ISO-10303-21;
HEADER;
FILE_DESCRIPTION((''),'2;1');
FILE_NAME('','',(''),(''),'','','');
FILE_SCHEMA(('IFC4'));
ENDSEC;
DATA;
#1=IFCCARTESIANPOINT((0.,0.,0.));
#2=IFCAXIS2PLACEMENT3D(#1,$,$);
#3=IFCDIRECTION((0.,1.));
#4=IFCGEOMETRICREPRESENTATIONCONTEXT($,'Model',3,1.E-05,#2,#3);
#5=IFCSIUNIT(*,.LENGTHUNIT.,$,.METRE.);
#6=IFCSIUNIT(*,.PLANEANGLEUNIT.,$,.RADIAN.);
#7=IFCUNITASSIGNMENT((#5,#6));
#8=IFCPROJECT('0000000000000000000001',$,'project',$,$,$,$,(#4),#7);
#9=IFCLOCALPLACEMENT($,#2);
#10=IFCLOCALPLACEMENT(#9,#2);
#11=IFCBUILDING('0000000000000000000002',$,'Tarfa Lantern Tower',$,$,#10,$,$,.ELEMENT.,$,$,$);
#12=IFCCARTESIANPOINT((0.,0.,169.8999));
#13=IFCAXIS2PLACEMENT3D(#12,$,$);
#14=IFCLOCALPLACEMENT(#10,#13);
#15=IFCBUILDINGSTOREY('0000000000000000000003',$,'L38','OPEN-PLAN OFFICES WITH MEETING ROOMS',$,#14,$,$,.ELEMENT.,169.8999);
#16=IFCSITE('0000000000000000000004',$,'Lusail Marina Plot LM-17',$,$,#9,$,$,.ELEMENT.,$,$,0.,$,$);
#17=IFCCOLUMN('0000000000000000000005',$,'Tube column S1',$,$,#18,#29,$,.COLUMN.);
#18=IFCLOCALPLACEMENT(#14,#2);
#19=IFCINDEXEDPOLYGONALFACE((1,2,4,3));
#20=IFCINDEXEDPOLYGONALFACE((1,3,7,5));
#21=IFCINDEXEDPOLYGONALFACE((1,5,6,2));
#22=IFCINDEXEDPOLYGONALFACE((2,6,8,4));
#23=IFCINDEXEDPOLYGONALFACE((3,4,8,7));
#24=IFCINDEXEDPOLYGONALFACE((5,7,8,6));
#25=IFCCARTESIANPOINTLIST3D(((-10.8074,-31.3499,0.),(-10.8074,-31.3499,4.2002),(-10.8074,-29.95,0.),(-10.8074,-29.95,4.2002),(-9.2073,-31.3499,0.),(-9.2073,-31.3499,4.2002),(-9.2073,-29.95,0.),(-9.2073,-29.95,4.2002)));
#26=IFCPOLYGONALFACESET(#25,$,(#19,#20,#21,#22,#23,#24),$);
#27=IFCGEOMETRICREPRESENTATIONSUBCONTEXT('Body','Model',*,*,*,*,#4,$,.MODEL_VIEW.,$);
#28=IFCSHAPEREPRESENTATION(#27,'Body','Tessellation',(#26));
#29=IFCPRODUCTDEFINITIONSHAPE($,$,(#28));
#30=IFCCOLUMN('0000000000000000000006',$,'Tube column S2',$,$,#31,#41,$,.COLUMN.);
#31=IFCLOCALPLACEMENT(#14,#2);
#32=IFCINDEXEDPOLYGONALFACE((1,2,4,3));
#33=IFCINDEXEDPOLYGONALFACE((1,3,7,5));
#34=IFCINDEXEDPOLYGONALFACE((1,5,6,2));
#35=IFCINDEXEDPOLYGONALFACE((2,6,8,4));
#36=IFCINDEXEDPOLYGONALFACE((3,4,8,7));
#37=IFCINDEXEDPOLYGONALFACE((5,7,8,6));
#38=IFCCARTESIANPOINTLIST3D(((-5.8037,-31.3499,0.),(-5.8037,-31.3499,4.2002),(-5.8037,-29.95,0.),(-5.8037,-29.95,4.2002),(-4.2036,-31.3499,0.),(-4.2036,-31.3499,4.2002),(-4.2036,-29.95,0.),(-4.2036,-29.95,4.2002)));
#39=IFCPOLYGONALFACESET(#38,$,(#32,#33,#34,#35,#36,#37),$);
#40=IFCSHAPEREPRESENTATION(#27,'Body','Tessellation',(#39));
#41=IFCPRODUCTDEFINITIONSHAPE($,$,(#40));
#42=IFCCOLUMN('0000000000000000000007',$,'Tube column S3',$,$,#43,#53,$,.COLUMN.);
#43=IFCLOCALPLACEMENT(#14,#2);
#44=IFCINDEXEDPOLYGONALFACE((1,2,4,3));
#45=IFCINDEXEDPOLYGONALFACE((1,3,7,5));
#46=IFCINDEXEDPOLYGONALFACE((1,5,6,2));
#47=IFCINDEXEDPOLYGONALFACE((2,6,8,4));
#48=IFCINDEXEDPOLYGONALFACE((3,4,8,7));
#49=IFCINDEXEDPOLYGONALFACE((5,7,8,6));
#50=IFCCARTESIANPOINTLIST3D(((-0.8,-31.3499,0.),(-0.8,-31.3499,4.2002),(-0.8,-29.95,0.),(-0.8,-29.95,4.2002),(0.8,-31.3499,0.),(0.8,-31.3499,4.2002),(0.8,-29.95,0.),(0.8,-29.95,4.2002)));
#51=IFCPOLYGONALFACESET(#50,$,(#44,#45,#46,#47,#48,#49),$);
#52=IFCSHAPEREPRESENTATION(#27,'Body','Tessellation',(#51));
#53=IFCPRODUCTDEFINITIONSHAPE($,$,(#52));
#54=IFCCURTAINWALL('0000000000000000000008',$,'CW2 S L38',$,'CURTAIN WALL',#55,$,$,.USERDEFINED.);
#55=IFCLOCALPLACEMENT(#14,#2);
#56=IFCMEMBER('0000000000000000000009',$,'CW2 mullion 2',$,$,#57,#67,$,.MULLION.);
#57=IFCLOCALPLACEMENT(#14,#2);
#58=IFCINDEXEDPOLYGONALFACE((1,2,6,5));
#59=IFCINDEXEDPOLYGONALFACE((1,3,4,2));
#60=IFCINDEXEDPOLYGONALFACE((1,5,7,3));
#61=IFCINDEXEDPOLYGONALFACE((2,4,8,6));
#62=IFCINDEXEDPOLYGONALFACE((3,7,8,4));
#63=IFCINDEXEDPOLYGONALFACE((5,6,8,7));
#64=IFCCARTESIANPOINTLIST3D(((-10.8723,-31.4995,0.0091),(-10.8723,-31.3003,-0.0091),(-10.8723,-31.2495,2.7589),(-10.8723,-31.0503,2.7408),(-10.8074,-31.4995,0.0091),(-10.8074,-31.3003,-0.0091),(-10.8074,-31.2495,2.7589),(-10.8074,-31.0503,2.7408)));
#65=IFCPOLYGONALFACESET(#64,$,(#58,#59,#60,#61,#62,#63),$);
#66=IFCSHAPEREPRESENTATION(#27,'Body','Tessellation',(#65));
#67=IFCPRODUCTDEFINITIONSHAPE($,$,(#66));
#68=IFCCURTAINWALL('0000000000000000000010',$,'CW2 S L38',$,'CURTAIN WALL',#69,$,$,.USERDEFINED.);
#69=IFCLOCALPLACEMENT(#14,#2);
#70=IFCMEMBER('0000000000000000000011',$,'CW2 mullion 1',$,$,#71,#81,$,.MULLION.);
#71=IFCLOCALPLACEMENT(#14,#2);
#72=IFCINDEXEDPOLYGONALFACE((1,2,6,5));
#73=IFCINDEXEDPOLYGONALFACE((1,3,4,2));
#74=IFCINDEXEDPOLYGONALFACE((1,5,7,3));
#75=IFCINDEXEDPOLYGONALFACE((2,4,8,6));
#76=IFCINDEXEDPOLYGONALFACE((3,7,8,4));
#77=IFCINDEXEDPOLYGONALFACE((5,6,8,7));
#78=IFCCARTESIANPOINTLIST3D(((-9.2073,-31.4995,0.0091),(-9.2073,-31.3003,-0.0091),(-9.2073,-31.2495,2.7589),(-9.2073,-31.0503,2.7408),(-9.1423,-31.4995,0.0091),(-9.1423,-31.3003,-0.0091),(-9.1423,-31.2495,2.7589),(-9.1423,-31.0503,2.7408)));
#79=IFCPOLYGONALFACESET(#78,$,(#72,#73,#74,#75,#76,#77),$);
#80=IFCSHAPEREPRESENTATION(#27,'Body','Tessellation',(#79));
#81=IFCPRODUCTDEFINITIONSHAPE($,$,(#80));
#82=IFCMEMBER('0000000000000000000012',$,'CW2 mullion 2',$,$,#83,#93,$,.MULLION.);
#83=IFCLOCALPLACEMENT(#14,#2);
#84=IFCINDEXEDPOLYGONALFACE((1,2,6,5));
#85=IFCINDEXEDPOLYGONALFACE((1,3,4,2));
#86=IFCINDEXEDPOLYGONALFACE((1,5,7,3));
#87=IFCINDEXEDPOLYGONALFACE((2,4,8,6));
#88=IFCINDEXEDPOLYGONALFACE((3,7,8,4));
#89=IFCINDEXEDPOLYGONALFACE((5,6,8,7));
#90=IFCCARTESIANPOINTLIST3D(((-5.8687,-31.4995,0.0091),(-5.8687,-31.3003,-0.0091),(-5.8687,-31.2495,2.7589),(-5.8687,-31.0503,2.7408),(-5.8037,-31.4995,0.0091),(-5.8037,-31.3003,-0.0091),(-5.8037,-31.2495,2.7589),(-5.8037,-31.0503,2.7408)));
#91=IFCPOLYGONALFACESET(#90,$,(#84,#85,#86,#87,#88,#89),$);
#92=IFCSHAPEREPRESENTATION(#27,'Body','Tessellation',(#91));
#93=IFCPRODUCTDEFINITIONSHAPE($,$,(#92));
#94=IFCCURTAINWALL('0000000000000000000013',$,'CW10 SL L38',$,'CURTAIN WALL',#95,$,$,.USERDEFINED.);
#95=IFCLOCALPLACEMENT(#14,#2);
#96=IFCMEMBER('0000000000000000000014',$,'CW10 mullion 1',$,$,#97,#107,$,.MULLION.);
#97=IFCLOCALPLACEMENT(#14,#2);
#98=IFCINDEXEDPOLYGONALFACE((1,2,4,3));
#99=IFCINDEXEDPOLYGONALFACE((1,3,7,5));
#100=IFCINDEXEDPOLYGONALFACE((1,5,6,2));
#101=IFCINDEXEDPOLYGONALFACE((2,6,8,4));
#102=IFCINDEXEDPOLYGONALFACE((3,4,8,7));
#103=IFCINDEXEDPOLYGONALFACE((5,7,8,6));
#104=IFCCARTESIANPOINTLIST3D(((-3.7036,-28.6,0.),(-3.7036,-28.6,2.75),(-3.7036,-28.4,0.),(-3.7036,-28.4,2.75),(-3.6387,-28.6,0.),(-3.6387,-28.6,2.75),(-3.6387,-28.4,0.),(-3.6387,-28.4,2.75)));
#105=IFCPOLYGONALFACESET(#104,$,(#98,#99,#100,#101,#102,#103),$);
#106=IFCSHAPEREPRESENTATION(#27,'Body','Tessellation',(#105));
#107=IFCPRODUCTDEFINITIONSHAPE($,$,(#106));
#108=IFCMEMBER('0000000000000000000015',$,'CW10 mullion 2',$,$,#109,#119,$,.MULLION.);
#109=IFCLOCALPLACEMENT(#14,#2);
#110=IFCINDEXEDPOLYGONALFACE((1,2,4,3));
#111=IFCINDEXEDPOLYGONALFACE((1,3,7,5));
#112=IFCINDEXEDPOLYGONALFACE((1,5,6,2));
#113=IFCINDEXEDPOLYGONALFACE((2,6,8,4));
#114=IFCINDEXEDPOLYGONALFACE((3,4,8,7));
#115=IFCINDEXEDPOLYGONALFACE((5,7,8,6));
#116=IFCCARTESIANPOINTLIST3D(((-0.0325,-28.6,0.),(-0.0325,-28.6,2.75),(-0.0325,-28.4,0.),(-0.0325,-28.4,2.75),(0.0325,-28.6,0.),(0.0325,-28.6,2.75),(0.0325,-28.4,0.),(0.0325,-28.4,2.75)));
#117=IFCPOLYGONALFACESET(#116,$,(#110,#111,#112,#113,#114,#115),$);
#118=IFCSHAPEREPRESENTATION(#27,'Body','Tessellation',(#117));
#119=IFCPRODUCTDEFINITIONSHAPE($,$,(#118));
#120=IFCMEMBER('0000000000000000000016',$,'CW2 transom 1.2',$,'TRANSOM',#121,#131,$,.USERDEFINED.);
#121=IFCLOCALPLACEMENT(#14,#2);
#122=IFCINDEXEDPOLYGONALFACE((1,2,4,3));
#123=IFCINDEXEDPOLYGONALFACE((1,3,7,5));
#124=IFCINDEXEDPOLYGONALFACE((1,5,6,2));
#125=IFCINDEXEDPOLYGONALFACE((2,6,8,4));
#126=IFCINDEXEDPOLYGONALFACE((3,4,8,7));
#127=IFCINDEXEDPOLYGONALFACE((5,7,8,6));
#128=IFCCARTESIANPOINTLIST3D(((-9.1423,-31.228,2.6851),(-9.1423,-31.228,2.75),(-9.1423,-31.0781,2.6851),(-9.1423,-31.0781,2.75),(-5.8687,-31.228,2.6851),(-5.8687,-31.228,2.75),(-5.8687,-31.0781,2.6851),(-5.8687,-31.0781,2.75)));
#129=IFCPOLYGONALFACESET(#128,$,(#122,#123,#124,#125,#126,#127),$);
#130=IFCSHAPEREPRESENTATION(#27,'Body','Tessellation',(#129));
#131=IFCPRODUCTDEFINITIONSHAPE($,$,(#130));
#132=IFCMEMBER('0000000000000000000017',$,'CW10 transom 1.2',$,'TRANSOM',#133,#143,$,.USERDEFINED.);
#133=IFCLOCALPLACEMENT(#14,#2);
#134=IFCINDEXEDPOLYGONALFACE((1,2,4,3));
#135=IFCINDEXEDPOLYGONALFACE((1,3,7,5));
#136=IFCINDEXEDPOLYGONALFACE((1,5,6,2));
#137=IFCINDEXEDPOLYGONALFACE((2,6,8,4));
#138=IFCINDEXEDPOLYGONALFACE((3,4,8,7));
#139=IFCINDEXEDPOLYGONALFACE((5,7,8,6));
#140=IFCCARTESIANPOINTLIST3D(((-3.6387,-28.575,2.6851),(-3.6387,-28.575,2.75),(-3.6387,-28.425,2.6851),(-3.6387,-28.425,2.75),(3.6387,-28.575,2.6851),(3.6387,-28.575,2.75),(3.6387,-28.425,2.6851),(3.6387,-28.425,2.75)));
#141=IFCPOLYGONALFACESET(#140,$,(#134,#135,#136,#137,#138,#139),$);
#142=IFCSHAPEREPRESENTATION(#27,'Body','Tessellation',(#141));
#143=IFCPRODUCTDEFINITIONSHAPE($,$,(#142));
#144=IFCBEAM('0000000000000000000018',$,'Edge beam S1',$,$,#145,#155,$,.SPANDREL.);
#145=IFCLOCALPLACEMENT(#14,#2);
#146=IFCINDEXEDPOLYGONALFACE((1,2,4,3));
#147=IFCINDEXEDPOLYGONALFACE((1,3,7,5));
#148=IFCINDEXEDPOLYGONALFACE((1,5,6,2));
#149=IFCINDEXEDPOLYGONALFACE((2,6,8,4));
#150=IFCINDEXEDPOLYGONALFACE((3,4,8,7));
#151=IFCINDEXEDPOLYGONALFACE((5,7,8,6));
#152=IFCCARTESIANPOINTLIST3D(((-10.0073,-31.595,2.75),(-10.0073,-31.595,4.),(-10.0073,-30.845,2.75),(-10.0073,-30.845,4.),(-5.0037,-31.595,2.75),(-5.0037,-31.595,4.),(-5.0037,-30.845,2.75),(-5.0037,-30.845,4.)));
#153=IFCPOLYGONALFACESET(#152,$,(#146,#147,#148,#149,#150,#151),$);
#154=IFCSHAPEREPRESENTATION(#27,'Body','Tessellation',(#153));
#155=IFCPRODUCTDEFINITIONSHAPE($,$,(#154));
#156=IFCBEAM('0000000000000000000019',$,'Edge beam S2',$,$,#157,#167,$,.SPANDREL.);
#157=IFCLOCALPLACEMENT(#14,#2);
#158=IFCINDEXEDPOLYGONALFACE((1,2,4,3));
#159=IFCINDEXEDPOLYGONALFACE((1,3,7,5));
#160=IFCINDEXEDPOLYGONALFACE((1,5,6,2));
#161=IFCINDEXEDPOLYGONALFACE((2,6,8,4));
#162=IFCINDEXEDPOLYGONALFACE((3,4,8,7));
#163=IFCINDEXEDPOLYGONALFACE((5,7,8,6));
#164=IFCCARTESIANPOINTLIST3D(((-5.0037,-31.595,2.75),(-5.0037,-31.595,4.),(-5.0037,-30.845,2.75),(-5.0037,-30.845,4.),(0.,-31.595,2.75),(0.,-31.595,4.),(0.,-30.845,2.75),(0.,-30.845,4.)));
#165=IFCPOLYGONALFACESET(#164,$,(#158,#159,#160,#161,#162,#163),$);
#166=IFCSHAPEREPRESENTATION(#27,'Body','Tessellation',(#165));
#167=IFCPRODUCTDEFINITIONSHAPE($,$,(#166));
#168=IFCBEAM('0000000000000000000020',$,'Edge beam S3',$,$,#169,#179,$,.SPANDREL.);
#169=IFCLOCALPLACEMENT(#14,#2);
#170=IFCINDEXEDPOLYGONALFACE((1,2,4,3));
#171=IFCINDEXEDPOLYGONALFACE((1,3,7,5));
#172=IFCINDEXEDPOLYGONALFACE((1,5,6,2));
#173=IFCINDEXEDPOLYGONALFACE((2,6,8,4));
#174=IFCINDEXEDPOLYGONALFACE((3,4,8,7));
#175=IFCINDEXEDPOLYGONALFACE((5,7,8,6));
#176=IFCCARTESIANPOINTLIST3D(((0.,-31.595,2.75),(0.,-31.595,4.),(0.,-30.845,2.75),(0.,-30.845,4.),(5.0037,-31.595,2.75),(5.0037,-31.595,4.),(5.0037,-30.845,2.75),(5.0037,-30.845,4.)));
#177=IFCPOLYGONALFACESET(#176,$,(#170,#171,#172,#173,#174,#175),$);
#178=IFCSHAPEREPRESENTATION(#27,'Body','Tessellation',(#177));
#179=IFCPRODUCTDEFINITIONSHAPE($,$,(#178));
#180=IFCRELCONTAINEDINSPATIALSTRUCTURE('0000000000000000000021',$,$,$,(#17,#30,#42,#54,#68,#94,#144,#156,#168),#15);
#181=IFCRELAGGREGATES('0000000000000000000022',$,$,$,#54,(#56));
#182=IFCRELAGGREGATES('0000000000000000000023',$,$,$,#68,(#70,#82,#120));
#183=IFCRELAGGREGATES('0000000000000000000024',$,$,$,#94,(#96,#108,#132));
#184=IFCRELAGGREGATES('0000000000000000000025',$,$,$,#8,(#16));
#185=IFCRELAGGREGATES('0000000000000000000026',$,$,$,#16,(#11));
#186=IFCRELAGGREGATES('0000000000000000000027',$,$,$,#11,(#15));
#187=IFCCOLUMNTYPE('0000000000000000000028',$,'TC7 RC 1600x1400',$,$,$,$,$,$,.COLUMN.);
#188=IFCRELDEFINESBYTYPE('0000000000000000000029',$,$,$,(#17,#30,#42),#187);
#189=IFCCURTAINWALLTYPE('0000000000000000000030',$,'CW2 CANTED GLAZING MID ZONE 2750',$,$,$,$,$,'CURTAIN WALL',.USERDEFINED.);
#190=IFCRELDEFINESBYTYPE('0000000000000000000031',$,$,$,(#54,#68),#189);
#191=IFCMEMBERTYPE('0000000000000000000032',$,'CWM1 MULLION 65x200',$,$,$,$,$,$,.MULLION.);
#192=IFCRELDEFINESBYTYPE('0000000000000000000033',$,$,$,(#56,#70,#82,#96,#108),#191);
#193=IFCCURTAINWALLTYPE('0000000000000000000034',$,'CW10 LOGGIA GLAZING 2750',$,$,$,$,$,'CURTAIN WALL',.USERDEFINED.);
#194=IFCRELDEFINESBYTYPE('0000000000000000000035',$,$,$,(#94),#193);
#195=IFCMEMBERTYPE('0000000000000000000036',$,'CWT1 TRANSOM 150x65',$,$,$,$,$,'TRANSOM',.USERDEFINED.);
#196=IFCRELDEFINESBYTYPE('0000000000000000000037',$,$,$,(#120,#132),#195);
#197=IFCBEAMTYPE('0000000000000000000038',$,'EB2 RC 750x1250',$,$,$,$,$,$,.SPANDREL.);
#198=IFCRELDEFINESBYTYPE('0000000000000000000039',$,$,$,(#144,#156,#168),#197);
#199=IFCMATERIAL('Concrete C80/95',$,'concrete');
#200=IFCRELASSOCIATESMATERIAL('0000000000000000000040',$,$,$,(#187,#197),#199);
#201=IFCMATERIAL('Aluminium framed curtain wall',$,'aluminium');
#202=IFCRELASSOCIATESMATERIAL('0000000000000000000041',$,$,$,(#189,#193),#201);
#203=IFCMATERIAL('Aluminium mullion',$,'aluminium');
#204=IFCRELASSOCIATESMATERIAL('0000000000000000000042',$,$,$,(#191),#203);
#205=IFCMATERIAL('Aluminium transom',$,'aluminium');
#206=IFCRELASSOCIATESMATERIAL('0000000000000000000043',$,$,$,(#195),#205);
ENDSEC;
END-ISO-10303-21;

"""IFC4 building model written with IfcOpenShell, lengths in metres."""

from ifc_helpers import new_model, si_unit, direction, frame, origin, origin_2d, place, context, subcontext, project, spatial, rectangle, extrude, material, material_profile, profile_set, type_object, element, aggregate, save


model = new_model("IFC4")

# Units and contexts
model_context = context("Model", 3, precision=1e-05, world=origin(), true_north=direction((0.0, 1.0)))
body_context = subcontext(model_context, "Body", "Model", "MODEL_VIEW")
ifc_project = project(units=[si_unit("LENGTHUNIT", "METRE"), si_unit("PLANEANGLEUNIT", "RADIAN")], contexts=[model_context])

# Site, building, storey
site_placement = place(None, origin())
site = spatial("IfcSite", under=ifc_project, at=site_placement, Name="Lusail Marina Plot LM-17", CompositionType="ELEMENT", RefElevation=0.0)
building_placement = place(site_placement, origin())
building = spatial("IfcBuilding", under=site, at=building_placement, Name="Tarfa Lantern Tower", CompositionType="ELEMENT")
storey_placement = place(building_placement, frame((0.0, 0.0, 169.8999)))
storey = spatial("IfcBuildingStorey", under=building, at=storey_placement, Name="L38", Description="OPEN-PLAN OFFICES WITH MEETING ROOMS", CompositionType="ELEMENT", Elevation=169.8999)

# Columns
ifc_material_1 = material(Name="Concrete C80/95", Category="concrete")
ifc_material_profile_1 = material_profile(ifc_material_1, rectangle(XDim=1.6001, YDim=1.3999, at=origin_2d()), Name="RC 1600x1400")
ifc_profile_set_1 = profile_set([ifc_material_profile_1], Name="Concrete C80/95")
column_type = type_object("IfcColumnType", Name="TC7 RC 1600x1400", PredefinedType="COLUMN", material=ifc_profile_set_1)
for number, where, z_axis, x_axis, name in (
    (1, (-10.0073, -30.6499, 0.0), (0.0, 0.0, 1.0), (1.0, 0.0, 0.0), "Tube column S1"),
    (2, (-5.0037, -30.6499, 0.0), (0.0, 0.0, 1.0), (1.0, 0.0, 0.0), "Tube column S2"),
    (3, (0.0, -30.6499, 0.0), (0.0, 0.0, 1.0), (1.0, 0.0, 0.0), "Tube column S3"),
):
    element("IfcColumn", number, at=place(storey_placement, frame(where, z_axis=z_axis, x_axis=x_axis)), inside=storey, type_object=column_type, Name=name, PredefinedType="COLUMN", context=body_context, shape_type="SweptSolid", body=[
        extrude(rectangle(XDim=1.6001, YDim=1.3999, at=origin_2d()), origin(), (0.0, 0.0, 1.0), 4.2002),
    ])

# Curtain wall, member
ifc_material_2 = material(Name="Aluminium framed curtain wall", Category="aluminium")
curtain_wall_type_1 = type_object("IfcCurtainWallType", Name="CW2 CANTED GLAZING MID ZONE 2750", ElementType="CURTAIN WALL", PredefinedType="USERDEFINED", material=ifc_material_2)
curtain_wall_1_placement = place(storey_placement, origin())
curtain_wall_1 = element("IfcCurtainWall", 4, at=curtain_wall_1_placement, inside=storey, type_object=curtain_wall_type_1, Name="CW2 S L38", ObjectType="CURTAIN WALL", PredefinedType="USERDEFINED")
ifc_material_3 = material(Name="Aluminium mullion", Category="aluminium")
ifc_material_profile_2 = material_profile(ifc_material_3, rectangle(XDim=0.0649, YDim=0.2, at=origin_2d()), Name="AL MULLION 65x200")
ifc_profile_set_2 = profile_set([ifc_material_profile_2], Name="Aluminium mullion")
member_type_1 = type_object("IfcMemberType", Name="CWM1 MULLION 65x200", PredefinedType="MULLION", material=ifc_profile_set_2)
member_1_placement = place(storey_placement, frame((-10.8398, -31.3999, 0.0), z_axis=(0.0, 0.090536, 0.995893), x_axis=(-1.0, 0.0, 0.0)))
member_1 = element("IfcMember", 5, at=member_1_placement, type_object=member_type_1, Name="CW2 mullion 2", PredefinedType="MULLION", context=body_context, shape_type="SweptSolid", body=[
    extrude(rectangle(XDim=0.0649, YDim=0.2, at=origin_2d()), origin(), (0.0, 0.0, 1.0), 2.7612),
])
aggregate(curtain_wall_1, [member_1])

# Curtain walls, members
curtain_wall_2_placement = place(storey_placement, origin())
curtain_wall_2 = element("IfcCurtainWall", 6, at=curtain_wall_2_placement, inside=storey, type_object=curtain_wall_type_1, Name="CW2 S L38", ObjectType="CURTAIN WALL", PredefinedType="USERDEFINED")
member_2_placement = place(storey_placement, frame((-9.1748, -31.3999, 0.0), z_axis=(0.0, 0.090536, 0.995893), x_axis=(-1.0, 0.0, 0.0)))
member_2 = element("IfcMember", 7, at=member_2_placement, type_object=member_type_1, Name="CW2 mullion 1", PredefinedType="MULLION", context=body_context, shape_type="SweptSolid", body=[
    extrude(rectangle(XDim=0.0649, YDim=0.2, at=origin_2d()), origin(), (0.0, 0.0, 1.0), 2.7612),
])
member_3_placement = place(storey_placement, frame((-5.8362, -31.3999, 0.0), z_axis=(0.0, 0.090536, 0.995893), x_axis=(-1.0, 0.0, 0.0)))
member_3 = element("IfcMember", 8, at=member_3_placement, type_object=member_type_1, Name="CW2 mullion 2", PredefinedType="MULLION", context=body_context, shape_type="SweptSolid", body=[
    extrude(rectangle(XDim=0.0649, YDim=0.2, at=origin_2d()), origin(), (0.0, 0.0, 1.0), 2.7612),
])
curtain_wall_type_2 = type_object("IfcCurtainWallType", Name="CW10 LOGGIA GLAZING 2750", ElementType="CURTAIN WALL", PredefinedType="USERDEFINED", material=ifc_material_2)
curtain_wall_3_placement = place(storey_placement, origin())
curtain_wall_3 = element("IfcCurtainWall", 9, at=curtain_wall_3_placement, inside=storey, type_object=curtain_wall_type_2, Name="CW10 SL L38", ObjectType="CURTAIN WALL", PredefinedType="USERDEFINED")
member_4_placement = place(storey_placement, frame((-3.6711, -28.5, 0.0), z_axis=(0.0, 0.0, 1.0), x_axis=(1.0, 0.0, 0.0)))
member_4 = element("IfcMember", 10, at=member_4_placement, type_object=member_type_1, Name="CW10 mullion 1", PredefinedType="MULLION", context=body_context, shape_type="SweptSolid", body=[
    extrude(rectangle(XDim=0.0649, YDim=0.2, at=origin_2d()), origin(), (0.0, 0.0, 1.0), 2.75),
])
member_5_placement = place(storey_placement, frame((0.0, -28.5, 0.0), z_axis=(0.0, 0.0, 1.0), x_axis=(1.0, 0.0, 0.0)))
member_5 = element("IfcMember", 11, at=member_5_placement, type_object=member_type_1, Name="CW10 mullion 2", PredefinedType="MULLION", context=body_context, shape_type="SweptSolid", body=[
    extrude(rectangle(XDim=0.0649, YDim=0.2, at=origin_2d()), origin(), (0.0, 0.0, 1.0), 2.75),
])

# Members
ifc_material_4 = material(Name="Aluminium transom", Category="aluminium")
ifc_material_profile_3 = material_profile(ifc_material_4, rectangle(XDim=0.1499, YDim=0.0649, at=origin_2d()), Name="AL TRANSOM 150x65")
ifc_profile_set_3 = profile_set([ifc_material_profile_3], Name="Aluminium transom")
member_type_2 = type_object("IfcMemberType", Name="CWT1 TRANSOM 150x65", ElementType="TRANSOM", PredefinedType="USERDEFINED", material=ifc_profile_set_3)
member_6_placement = place(storey_placement, frame((-9.1423, -31.1531, 2.7175), z_axis=(1.0, 0.0, 0.0), x_axis=(0.0, 1.0, 0.0)))
member_6 = element("IfcMember", 12, at=member_6_placement, type_object=member_type_2, Name="CW2 transom 1.2", ObjectType="TRANSOM", PredefinedType="USERDEFINED", context=body_context, shape_type="SweptSolid", body=[
    extrude(rectangle(XDim=0.1499, YDim=0.0649, at=origin_2d()), origin(), (0.0, 0.0, 1.0), 3.2737),
])
member_7_placement = place(storey_placement, frame((-3.6387, -28.5, 2.7175), z_axis=(1.0, 0.0, 0.0), x_axis=(0.0, 1.0, 0.0)))
member_7 = element("IfcMember", 13, at=member_7_placement, type_object=member_type_2, Name="CW10 transom 1.2", ObjectType="TRANSOM", PredefinedType="USERDEFINED", context=body_context, shape_type="SweptSolid", body=[
    extrude(rectangle(XDim=0.1499, YDim=0.0649, at=origin_2d()), origin(), (0.0, 0.0, 1.0), 7.2773),
])

# Beams
ifc_material_profile_4 = material_profile(ifc_material_1, rectangle(XDim=0.75, YDim=1.25, at=origin_2d()), Name="RC 750x1250")
ifc_profile_set_4 = profile_set([ifc_material_profile_4], Name="Concrete C80/95")
beam_type_1 = type_object("IfcBeamType", Name="EB2 RC 750x1250", PredefinedType="SPANDREL", material=ifc_profile_set_4)
for number, where, z_axis, x_axis, name in (
    (14, (-10.0073, -31.22, 3.375), (1.0, 0.0, 0.0), (0.0, 1.0, 0.0), "Edge beam S1"),
    (15, (-5.0037, -31.22, 3.375), (1.0, 0.0, 0.0), (0.0, 1.0, 0.0), "Edge beam S2"),
    (16, (0.0, -31.22, 3.375), (1.0, 0.0, 0.0), (0.0, 1.0, 0.0), "Edge beam S3"),
):
    element("IfcBeam", number, at=place(storey_placement, frame(where, z_axis=z_axis, x_axis=x_axis)), inside=storey, type_object=beam_type_1, Name=name, PredefinedType="SPANDREL", context=body_context, shape_type="SweptSolid", body=[
        extrude(rectangle(XDim=0.75, YDim=1.25, at=origin_2d()), origin(), (0.0, 0.0, 1.0), 5.0037),
    ])

aggregate(curtain_wall_2, [member_2, member_3, member_6])
aggregate(curtain_wall_3, [member_4, member_5, member_7])

save(model, "model.ifc")
